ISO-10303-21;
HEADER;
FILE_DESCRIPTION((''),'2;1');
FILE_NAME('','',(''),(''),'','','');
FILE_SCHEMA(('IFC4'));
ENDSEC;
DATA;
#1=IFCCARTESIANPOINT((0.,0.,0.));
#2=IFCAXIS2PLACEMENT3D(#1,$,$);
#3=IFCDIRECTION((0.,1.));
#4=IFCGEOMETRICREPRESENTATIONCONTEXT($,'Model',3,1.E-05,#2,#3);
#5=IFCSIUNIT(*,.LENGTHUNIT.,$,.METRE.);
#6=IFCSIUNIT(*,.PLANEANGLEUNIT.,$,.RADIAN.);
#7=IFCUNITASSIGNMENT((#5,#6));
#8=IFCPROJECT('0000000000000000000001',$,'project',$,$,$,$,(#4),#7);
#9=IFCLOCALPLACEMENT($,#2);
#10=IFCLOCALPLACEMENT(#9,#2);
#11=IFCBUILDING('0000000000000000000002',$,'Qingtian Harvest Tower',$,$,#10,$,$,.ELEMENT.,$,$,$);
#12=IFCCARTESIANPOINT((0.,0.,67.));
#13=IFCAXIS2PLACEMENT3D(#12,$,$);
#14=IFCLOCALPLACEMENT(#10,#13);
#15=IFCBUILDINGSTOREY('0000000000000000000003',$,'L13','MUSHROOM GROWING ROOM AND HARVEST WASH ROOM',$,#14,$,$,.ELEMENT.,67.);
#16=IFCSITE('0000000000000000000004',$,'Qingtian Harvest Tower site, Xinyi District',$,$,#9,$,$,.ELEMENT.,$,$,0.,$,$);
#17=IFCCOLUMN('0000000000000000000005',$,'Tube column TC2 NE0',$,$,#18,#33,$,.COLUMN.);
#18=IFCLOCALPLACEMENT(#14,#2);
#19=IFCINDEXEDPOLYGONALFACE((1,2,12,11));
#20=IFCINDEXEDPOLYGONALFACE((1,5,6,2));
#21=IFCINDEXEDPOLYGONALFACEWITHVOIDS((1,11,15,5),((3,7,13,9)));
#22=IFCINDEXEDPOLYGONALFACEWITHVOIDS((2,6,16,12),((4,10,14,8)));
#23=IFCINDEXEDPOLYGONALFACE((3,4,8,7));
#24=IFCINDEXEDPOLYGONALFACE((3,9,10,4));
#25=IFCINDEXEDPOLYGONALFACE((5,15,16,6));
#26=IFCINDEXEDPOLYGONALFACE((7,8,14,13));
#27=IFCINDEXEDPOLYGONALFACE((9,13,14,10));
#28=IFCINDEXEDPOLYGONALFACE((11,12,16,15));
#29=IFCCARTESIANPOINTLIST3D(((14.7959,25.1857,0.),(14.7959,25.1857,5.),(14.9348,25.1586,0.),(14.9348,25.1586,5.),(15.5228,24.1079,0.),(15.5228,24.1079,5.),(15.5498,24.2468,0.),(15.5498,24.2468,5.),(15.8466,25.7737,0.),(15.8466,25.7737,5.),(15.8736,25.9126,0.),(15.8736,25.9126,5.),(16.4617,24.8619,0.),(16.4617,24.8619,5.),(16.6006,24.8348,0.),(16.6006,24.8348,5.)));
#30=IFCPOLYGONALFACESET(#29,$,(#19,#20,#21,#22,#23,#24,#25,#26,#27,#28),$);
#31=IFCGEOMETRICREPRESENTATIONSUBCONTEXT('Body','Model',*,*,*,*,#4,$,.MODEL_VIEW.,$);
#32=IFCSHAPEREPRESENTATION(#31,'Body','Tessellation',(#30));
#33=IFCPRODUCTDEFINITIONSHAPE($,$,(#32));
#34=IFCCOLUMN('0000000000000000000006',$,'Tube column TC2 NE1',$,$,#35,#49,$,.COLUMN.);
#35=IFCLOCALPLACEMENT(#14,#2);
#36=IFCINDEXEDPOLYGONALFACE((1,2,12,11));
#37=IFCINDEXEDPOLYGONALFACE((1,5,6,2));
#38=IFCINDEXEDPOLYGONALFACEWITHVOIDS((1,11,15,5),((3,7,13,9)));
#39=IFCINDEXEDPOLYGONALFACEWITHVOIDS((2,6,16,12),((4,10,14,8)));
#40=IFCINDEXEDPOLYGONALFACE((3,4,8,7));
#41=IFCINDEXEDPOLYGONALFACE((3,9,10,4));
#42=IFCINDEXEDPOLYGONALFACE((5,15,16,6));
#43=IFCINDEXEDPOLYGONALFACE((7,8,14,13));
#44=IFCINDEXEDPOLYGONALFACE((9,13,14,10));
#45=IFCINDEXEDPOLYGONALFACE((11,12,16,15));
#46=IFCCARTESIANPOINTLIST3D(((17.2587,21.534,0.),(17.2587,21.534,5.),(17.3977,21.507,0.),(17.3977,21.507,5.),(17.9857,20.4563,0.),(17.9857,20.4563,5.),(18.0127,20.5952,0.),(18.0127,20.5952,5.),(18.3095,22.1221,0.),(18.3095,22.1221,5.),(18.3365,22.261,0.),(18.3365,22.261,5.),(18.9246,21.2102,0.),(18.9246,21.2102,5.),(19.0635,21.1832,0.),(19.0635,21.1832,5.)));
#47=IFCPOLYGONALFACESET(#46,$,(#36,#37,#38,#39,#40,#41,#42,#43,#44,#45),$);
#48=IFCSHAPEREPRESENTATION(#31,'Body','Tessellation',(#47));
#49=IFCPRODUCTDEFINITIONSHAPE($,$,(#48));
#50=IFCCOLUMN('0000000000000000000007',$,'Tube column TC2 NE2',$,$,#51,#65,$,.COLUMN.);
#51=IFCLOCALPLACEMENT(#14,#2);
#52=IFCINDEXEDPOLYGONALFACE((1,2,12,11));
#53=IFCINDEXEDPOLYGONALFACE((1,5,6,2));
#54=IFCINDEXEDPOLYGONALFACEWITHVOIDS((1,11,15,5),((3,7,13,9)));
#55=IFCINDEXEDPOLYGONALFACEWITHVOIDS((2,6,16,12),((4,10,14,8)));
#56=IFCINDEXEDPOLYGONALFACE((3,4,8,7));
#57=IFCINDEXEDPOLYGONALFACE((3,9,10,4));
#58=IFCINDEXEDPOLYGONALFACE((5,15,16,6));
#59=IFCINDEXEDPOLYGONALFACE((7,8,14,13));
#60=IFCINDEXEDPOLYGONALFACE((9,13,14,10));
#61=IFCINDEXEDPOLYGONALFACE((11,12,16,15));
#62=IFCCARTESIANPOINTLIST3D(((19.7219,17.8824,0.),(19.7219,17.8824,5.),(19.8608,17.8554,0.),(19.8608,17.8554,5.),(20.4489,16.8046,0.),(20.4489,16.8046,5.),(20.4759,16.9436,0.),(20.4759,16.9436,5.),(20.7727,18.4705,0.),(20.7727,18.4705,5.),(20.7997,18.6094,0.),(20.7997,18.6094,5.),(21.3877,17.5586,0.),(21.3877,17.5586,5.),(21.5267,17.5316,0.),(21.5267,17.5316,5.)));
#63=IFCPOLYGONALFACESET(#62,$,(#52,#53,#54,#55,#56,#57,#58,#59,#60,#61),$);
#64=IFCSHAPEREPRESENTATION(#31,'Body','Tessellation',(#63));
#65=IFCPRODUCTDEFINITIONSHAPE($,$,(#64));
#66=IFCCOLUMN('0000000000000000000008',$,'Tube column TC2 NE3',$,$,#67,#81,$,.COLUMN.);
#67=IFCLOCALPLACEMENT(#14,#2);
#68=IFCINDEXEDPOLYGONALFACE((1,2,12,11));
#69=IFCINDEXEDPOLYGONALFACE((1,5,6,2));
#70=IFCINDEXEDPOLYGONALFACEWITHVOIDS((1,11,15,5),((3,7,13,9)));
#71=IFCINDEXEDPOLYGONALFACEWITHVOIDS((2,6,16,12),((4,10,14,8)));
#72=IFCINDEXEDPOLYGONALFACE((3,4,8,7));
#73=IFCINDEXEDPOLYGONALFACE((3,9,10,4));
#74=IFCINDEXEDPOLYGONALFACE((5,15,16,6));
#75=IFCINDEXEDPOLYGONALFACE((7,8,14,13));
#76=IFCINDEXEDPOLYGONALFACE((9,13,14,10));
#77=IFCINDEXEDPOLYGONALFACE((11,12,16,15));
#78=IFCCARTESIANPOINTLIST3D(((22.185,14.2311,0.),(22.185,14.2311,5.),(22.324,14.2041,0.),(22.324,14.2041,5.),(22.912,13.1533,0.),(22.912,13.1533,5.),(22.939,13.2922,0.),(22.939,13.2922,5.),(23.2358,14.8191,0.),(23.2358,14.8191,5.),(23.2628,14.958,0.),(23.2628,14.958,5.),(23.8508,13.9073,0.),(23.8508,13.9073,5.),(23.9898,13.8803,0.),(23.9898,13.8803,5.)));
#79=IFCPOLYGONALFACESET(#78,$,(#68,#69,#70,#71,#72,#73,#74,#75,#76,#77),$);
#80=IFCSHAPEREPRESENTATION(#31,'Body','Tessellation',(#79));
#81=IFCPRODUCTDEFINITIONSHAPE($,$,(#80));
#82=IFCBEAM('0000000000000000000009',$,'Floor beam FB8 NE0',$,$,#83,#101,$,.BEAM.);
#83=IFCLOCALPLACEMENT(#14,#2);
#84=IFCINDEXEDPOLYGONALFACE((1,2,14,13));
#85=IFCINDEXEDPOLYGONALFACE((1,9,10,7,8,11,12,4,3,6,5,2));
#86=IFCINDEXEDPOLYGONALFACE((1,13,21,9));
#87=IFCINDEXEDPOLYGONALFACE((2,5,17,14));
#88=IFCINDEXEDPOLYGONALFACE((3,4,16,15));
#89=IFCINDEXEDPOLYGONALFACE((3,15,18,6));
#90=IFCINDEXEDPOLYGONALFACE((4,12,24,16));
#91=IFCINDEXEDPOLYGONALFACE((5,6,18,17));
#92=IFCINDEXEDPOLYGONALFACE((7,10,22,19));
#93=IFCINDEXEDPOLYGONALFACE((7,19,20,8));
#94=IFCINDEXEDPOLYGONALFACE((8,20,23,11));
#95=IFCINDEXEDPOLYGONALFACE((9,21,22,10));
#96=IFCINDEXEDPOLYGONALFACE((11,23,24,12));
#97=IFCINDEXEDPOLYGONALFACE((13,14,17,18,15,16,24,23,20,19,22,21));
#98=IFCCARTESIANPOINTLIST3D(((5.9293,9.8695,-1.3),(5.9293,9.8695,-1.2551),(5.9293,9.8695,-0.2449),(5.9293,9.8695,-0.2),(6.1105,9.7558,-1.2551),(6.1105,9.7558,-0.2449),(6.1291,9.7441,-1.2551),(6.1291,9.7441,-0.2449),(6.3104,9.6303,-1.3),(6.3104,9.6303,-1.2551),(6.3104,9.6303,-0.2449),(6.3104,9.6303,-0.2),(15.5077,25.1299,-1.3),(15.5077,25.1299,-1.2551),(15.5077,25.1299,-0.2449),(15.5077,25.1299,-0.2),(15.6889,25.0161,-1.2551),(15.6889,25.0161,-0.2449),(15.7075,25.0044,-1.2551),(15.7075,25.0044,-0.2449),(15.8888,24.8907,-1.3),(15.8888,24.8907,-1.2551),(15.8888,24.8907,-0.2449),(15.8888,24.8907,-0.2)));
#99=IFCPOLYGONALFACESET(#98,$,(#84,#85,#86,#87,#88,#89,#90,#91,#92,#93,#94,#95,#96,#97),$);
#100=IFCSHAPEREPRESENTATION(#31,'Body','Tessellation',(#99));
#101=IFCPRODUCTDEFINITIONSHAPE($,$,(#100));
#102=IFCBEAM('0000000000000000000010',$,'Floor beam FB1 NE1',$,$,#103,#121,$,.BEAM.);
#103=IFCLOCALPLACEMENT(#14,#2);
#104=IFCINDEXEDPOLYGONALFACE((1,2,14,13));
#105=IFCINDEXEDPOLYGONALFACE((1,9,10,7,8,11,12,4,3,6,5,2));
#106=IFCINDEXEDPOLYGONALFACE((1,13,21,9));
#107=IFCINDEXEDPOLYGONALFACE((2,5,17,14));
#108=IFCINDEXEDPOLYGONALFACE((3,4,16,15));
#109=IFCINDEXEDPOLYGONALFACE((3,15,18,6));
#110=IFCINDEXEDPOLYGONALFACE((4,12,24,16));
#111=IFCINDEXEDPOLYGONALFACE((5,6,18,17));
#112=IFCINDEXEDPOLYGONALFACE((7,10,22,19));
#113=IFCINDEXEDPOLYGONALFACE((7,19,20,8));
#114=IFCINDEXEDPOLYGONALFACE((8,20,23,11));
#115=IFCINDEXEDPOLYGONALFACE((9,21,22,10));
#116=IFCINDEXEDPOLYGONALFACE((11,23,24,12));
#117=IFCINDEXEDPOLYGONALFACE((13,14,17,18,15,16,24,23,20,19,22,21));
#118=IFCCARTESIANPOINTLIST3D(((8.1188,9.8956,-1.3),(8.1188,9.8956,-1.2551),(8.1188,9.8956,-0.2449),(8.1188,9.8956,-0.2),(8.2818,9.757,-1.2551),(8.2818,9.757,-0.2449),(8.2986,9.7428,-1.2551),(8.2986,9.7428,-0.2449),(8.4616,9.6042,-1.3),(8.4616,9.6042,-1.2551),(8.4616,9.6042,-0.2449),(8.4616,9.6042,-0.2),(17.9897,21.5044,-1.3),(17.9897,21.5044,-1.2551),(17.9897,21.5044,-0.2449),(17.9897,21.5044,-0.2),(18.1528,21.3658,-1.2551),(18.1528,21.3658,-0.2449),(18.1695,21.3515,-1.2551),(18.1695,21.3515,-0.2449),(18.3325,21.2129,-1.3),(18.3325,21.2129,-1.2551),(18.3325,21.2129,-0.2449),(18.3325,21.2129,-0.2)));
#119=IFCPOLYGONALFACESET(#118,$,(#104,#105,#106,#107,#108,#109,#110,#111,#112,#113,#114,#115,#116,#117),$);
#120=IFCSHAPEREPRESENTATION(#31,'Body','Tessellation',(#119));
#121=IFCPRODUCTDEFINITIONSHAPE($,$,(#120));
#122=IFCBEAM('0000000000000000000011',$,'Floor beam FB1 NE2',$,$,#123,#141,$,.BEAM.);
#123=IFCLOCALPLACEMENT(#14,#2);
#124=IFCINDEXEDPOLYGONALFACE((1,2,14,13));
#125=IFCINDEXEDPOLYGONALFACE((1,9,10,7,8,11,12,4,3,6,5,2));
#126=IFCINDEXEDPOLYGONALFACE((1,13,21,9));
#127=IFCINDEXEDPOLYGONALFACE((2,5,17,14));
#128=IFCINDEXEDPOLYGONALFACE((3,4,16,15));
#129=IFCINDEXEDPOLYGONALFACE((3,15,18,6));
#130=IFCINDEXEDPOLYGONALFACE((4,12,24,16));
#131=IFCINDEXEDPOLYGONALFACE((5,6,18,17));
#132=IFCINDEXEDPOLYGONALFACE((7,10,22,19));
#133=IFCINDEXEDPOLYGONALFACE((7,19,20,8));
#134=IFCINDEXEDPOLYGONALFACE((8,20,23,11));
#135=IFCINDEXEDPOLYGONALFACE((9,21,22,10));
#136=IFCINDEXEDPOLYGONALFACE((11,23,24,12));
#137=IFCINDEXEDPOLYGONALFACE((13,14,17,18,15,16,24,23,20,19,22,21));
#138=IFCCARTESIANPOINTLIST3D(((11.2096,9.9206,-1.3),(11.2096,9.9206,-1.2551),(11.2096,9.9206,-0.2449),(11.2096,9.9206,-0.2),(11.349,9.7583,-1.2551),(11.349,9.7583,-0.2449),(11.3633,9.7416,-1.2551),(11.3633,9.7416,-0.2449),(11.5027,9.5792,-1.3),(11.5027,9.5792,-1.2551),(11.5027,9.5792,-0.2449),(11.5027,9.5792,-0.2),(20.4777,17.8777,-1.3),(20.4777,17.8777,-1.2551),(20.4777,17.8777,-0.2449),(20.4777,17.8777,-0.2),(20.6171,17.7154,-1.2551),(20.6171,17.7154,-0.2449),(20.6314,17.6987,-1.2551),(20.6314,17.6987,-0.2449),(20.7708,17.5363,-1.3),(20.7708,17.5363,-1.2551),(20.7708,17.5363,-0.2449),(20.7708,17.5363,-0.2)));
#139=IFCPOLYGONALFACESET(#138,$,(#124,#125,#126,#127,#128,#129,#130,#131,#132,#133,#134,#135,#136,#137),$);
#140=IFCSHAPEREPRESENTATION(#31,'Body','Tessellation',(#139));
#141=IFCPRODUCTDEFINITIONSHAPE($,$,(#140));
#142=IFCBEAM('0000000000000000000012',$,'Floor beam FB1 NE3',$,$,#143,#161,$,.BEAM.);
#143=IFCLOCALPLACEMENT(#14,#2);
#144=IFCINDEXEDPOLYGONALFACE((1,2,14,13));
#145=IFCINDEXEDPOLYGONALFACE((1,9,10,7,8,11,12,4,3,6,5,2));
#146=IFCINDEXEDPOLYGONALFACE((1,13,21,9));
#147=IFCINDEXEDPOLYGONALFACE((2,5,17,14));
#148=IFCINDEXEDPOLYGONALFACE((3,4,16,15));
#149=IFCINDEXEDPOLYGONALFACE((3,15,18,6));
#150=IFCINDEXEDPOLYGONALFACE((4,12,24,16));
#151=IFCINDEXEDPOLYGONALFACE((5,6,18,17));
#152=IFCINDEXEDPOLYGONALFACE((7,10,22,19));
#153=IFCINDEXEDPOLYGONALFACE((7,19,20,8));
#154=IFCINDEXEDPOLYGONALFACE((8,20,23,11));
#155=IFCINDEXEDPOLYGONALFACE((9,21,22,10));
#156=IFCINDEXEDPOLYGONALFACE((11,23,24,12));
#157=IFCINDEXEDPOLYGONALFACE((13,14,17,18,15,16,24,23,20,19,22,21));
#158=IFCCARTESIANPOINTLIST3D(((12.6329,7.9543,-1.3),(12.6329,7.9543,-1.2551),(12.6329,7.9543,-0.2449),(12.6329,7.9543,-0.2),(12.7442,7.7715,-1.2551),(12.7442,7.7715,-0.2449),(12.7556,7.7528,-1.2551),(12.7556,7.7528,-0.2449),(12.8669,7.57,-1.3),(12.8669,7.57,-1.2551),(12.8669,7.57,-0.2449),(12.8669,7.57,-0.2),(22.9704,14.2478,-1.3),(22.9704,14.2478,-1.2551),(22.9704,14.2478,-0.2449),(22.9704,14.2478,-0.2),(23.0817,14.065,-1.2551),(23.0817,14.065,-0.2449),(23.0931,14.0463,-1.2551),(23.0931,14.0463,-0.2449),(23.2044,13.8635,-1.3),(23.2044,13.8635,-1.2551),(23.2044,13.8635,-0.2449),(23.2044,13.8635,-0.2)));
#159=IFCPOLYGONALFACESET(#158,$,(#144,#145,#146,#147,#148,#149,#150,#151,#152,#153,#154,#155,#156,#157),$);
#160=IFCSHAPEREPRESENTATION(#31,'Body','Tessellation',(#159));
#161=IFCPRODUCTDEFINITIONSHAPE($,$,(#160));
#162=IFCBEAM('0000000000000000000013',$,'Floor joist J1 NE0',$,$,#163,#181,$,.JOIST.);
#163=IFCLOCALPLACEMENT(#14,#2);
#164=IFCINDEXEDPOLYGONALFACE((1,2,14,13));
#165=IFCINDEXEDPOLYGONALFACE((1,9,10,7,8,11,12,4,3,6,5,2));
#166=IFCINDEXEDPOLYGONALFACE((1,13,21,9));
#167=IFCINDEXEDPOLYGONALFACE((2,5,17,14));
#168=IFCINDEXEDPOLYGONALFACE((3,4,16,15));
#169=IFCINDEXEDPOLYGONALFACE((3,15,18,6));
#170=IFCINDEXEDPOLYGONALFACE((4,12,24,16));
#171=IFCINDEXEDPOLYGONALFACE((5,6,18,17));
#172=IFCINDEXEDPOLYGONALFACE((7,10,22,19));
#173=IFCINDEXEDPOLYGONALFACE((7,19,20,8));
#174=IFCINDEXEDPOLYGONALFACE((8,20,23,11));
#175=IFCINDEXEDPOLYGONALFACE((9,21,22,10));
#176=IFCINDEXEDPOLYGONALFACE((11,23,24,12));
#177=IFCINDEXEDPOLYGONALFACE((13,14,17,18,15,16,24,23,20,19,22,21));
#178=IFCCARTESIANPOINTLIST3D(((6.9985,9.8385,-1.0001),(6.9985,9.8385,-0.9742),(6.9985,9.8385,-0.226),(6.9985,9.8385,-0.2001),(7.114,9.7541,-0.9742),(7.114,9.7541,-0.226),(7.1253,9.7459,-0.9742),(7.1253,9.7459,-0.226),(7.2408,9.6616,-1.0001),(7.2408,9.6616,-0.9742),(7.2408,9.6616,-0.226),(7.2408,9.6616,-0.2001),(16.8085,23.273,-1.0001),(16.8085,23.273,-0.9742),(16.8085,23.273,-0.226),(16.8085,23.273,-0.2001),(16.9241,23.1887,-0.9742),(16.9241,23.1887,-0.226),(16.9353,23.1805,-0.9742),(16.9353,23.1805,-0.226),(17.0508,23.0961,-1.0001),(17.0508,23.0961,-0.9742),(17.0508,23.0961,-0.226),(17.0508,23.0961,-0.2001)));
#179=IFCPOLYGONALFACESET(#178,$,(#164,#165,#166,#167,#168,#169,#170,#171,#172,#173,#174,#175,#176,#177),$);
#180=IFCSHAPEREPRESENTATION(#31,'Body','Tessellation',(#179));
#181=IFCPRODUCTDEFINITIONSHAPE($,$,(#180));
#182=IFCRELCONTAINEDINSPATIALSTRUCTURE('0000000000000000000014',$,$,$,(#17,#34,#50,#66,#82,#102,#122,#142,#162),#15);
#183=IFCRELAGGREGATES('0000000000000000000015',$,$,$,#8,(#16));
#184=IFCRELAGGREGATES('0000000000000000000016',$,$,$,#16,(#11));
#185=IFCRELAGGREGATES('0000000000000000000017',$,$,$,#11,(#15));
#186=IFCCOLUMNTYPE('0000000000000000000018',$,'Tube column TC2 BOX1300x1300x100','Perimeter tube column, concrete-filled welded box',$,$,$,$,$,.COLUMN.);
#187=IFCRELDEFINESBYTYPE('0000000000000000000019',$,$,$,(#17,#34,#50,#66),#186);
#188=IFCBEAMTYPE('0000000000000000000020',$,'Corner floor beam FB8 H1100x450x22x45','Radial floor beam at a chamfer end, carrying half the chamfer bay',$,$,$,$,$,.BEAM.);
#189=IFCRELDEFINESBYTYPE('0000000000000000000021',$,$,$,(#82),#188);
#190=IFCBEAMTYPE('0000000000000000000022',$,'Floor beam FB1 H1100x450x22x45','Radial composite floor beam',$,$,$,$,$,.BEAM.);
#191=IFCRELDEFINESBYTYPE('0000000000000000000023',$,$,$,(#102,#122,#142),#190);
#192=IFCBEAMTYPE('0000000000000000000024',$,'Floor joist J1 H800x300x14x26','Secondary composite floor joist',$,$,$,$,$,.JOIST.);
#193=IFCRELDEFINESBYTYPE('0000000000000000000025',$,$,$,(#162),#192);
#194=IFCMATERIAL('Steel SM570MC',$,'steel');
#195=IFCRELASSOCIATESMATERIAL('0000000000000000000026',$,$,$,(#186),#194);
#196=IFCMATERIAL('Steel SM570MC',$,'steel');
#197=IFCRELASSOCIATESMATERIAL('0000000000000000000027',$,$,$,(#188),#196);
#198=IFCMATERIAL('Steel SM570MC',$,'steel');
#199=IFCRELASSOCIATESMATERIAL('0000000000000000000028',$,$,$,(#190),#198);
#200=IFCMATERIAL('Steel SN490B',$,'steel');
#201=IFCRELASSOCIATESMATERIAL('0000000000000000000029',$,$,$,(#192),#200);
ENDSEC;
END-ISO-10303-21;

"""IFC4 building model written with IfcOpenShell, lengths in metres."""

from ifc_helpers import new_model, si_unit, direction, frame, origin, origin_2d, place, context, subcontext, project, spatial, hollow_rectangle, i_section, extrude, material, material_profile, profile_set, type_object, element, save


model = new_model("IFC4")

# Units and contexts
model_context = context("Model", 3, precision=1e-05, world=origin(), true_north=direction((0.0, 1.0)))
body_context = subcontext(model_context, "Body", "Model", "MODEL_VIEW")
ifc_project = project(units=[si_unit("LENGTHUNIT", "METRE"), si_unit("PLANEANGLEUNIT", "RADIAN")], contexts=[model_context])

# Site, building, storey
site_placement = place(None, origin())
site = spatial("IfcSite", under=ifc_project, at=site_placement, Name="Qingtian Harvest Tower site, Xinyi District", CompositionType="ELEMENT", RefElevation=0.0)
building_placement = place(site_placement, origin())
building = spatial("IfcBuilding", under=site, at=building_placement, Name="Qingtian Harvest Tower", CompositionType="ELEMENT")
storey_placement = place(building_placement, frame((0.0, 0.0, 67.0)))
storey = spatial("IfcBuildingStorey", under=building, at=storey_placement, Name="L13", Description="MUSHROOM GROWING ROOM AND HARVEST WASH ROOM", CompositionType="ELEMENT", Elevation=67.0)

# Columns
ifc_material_1 = material(Name="Steel SM570MC", Category="steel")
ifc_material_profile_1 = material_profile(ifc_material_1, hollow_rectangle(XDim=1.3, YDim=1.3, WallThickness=0.1001, at=origin_2d()), Name="BOX1300x1300x100")
ifc_profile_set_1 = profile_set([ifc_material_profile_1], Name="Steel SM570MC")
column_type = type_object("IfcColumnType", Name="Tube column TC2 BOX1300x1300x100", Description="Perimeter tube column, concrete-filled welded box", PredefinedType="COLUMN", material=ifc_profile_set_1)
for number, where, z_axis, x_axis, name in (
    (1, (15.6982, 25.0103, 0.0), (0.0, 0.0, 1.0), (-0.559193, 0.829038, 0.0), "Tube column TC2 NE0"),
    (2, (18.1611, 21.3586, 0.0), (0.0, 0.0, 1.0), (-0.559193, 0.829038, 0.0), "Tube column TC2 NE1"),
    (3, (20.6243, 17.707, 0.0), (0.0, 0.0, 1.0), (-0.559193, 0.829038, 0.0), "Tube column TC2 NE2"),
    (4, (23.0874, 14.0557, 0.0), (0.0, 0.0, 1.0), (-0.559193, 0.829038, 0.0), "Tube column TC2 NE3"),
):
    element("IfcColumn", number, at=place(storey_placement, frame(where, z_axis=z_axis, x_axis=x_axis)), inside=storey, type_object=column_type, Name=name, PredefinedType="COLUMN", context=body_context, shape_type="SweptSolid", body=[
        extrude(hollow_rectangle(XDim=1.3, YDim=1.3, WallThickness=0.1001, at=origin_2d()), origin(), (0.0, 0.0, 1.0), 5.0),
    ])

# Beams
ifc_material_2 = material(Name="Steel SM570MC", Category="steel")
ifc_material_profile_2 = material_profile(ifc_material_2, i_section(OverallWidth=0.45, OverallDepth=1.1001, WebThickness=0.022, FlangeThickness=0.0449, at=origin_2d()), Name="H1100x450x22x45")
ifc_profile_set_2 = profile_set([ifc_material_profile_2], Name="Steel SM570MC")
beam_type_1 = type_object("IfcBeamType", Name="Corner floor beam FB8 H1100x450x22x45", Description="Radial floor beam at a chamfer end, carrying half the chamfer bay", PredefinedType="BEAM", material=ifc_profile_set_2)
beam_1_placement = place(storey_placement, frame((15.6982, 25.0103, -0.75), z_axis=(-0.531623, -0.846981, 0.0), x_axis=(0.846981, -0.531623, 0.0)))
element("IfcBeam", 5, at=beam_1_placement, inside=storey, type_object=beam_type_1, Name="Floor beam FB8 NE0", PredefinedType="BEAM", context=body_context, shape_type="SweptSolid", body=[
    extrude(i_section(OverallWidth=0.45, OverallDepth=1.1001, WebThickness=0.022, FlangeThickness=0.0449, at=origin_2d()), origin(), (0.0, 0.0, 1.0), 18.0173),
])
ifc_material_3 = material(Name="Steel SM570MC", Category="steel")
ifc_material_profile_3 = material_profile(ifc_material_3, i_section(OverallWidth=0.45, OverallDepth=1.1001, WebThickness=0.022, FlangeThickness=0.0449, at=origin_2d()), Name="H1100x450x22x45")
ifc_profile_set_3 = profile_set([ifc_material_profile_3], Name="Steel SM570MC")
beam_type_2 = type_object("IfcBeamType", Name="Floor beam FB1 H1100x450x22x45", Description="Radial composite floor beam", PredefinedType="BEAM", material=ifc_profile_set_3)
beam_2_placement = place(storey_placement, frame((18.1611, 21.3586, -0.75), z_axis=(-0.647782, -0.761826, 0.0), x_axis=(0.761826, -0.647782, 0.0)))
element("IfcBeam", 6, at=beam_2_placement, inside=storey, type_object=beam_type_2, Name="Floor beam FB1 NE1", PredefinedType="BEAM", context=body_context, shape_type="SweptSolid", body=[
    extrude(i_section(OverallWidth=0.45, OverallDepth=1.1001, WebThickness=0.022, FlangeThickness=0.0449, at=origin_2d()), origin(), (0.0, 0.0, 1.0), 15.238),
])
beam_3_placement = place(storey_placement, frame((20.6243, 17.707, -0.75), z_axis=(-0.758732, -0.651403, 0.0), x_axis=(0.651403, -0.758732, 0.0)))
element("IfcBeam", 7, at=beam_3_placement, inside=storey, type_object=beam_type_2, Name="Floor beam FB1 NE2", PredefinedType="BEAM", context=body_context, shape_type="SweptSolid", body=[
    extrude(i_section(OverallWidth=0.45, OverallDepth=1.1001, WebThickness=0.022, FlangeThickness=0.0449, at=origin_2d()), origin(), (0.0, 0.0, 1.0), 12.2153),
])
beam_4_placement = place(storey_placement, frame((23.0874, 14.0557, -0.75), z_axis=(-0.854157, -0.520015, 0.0), x_axis=(0.520015, -0.854157, 0.0)))
element("IfcBeam", 8, at=beam_4_placement, inside=storey, type_object=beam_type_2, Name="Floor beam FB1 NE3", PredefinedType="BEAM", context=body_context, shape_type="SweptSolid", body=[
    extrude(i_section(OverallWidth=0.45, OverallDepth=1.1001, WebThickness=0.022, FlangeThickness=0.0449, at=origin_2d()), origin(), (0.0, 0.0, 1.0), 12.1025),
])
ifc_material_4 = material(Name="Steel SN490B", Category="steel")
ifc_material_profile_4 = material_profile(ifc_material_4, i_section(OverallWidth=0.3, OverallDepth=0.8, WebThickness=0.0139, FlangeThickness=0.0259, at=origin_2d()), Name="H800x300x14x26")
ifc_profile_set_4 = profile_set([ifc_material_profile_4], Name="Steel SN490B")
beam_type_3 = type_object("IfcBeamType", Name="Floor joist J1 H800x300x14x26", Description="Secondary composite floor joist", PredefinedType="JOIST", material=ifc_profile_set_4)
beam_5_placement = place(storey_placement, frame((16.9297, 23.1846, -0.6001), z_axis=(-0.589722, -0.807606, 0.0), x_axis=(0.807606, -0.589722, 0.0)))
element("IfcBeam", 9, at=beam_5_placement, inside=storey, type_object=beam_type_3, Name="Floor joist J1 NE0", PredefinedType="JOIST", context=body_context, shape_type="SweptSolid", body=[
    extrude(i_section(OverallWidth=0.3, OverallDepth=0.8, WebThickness=0.0139, FlangeThickness=0.0259, at=origin_2d()), origin(), (0.0, 0.0, 1.0), 16.635),
])

save(model, "model.ifc")
